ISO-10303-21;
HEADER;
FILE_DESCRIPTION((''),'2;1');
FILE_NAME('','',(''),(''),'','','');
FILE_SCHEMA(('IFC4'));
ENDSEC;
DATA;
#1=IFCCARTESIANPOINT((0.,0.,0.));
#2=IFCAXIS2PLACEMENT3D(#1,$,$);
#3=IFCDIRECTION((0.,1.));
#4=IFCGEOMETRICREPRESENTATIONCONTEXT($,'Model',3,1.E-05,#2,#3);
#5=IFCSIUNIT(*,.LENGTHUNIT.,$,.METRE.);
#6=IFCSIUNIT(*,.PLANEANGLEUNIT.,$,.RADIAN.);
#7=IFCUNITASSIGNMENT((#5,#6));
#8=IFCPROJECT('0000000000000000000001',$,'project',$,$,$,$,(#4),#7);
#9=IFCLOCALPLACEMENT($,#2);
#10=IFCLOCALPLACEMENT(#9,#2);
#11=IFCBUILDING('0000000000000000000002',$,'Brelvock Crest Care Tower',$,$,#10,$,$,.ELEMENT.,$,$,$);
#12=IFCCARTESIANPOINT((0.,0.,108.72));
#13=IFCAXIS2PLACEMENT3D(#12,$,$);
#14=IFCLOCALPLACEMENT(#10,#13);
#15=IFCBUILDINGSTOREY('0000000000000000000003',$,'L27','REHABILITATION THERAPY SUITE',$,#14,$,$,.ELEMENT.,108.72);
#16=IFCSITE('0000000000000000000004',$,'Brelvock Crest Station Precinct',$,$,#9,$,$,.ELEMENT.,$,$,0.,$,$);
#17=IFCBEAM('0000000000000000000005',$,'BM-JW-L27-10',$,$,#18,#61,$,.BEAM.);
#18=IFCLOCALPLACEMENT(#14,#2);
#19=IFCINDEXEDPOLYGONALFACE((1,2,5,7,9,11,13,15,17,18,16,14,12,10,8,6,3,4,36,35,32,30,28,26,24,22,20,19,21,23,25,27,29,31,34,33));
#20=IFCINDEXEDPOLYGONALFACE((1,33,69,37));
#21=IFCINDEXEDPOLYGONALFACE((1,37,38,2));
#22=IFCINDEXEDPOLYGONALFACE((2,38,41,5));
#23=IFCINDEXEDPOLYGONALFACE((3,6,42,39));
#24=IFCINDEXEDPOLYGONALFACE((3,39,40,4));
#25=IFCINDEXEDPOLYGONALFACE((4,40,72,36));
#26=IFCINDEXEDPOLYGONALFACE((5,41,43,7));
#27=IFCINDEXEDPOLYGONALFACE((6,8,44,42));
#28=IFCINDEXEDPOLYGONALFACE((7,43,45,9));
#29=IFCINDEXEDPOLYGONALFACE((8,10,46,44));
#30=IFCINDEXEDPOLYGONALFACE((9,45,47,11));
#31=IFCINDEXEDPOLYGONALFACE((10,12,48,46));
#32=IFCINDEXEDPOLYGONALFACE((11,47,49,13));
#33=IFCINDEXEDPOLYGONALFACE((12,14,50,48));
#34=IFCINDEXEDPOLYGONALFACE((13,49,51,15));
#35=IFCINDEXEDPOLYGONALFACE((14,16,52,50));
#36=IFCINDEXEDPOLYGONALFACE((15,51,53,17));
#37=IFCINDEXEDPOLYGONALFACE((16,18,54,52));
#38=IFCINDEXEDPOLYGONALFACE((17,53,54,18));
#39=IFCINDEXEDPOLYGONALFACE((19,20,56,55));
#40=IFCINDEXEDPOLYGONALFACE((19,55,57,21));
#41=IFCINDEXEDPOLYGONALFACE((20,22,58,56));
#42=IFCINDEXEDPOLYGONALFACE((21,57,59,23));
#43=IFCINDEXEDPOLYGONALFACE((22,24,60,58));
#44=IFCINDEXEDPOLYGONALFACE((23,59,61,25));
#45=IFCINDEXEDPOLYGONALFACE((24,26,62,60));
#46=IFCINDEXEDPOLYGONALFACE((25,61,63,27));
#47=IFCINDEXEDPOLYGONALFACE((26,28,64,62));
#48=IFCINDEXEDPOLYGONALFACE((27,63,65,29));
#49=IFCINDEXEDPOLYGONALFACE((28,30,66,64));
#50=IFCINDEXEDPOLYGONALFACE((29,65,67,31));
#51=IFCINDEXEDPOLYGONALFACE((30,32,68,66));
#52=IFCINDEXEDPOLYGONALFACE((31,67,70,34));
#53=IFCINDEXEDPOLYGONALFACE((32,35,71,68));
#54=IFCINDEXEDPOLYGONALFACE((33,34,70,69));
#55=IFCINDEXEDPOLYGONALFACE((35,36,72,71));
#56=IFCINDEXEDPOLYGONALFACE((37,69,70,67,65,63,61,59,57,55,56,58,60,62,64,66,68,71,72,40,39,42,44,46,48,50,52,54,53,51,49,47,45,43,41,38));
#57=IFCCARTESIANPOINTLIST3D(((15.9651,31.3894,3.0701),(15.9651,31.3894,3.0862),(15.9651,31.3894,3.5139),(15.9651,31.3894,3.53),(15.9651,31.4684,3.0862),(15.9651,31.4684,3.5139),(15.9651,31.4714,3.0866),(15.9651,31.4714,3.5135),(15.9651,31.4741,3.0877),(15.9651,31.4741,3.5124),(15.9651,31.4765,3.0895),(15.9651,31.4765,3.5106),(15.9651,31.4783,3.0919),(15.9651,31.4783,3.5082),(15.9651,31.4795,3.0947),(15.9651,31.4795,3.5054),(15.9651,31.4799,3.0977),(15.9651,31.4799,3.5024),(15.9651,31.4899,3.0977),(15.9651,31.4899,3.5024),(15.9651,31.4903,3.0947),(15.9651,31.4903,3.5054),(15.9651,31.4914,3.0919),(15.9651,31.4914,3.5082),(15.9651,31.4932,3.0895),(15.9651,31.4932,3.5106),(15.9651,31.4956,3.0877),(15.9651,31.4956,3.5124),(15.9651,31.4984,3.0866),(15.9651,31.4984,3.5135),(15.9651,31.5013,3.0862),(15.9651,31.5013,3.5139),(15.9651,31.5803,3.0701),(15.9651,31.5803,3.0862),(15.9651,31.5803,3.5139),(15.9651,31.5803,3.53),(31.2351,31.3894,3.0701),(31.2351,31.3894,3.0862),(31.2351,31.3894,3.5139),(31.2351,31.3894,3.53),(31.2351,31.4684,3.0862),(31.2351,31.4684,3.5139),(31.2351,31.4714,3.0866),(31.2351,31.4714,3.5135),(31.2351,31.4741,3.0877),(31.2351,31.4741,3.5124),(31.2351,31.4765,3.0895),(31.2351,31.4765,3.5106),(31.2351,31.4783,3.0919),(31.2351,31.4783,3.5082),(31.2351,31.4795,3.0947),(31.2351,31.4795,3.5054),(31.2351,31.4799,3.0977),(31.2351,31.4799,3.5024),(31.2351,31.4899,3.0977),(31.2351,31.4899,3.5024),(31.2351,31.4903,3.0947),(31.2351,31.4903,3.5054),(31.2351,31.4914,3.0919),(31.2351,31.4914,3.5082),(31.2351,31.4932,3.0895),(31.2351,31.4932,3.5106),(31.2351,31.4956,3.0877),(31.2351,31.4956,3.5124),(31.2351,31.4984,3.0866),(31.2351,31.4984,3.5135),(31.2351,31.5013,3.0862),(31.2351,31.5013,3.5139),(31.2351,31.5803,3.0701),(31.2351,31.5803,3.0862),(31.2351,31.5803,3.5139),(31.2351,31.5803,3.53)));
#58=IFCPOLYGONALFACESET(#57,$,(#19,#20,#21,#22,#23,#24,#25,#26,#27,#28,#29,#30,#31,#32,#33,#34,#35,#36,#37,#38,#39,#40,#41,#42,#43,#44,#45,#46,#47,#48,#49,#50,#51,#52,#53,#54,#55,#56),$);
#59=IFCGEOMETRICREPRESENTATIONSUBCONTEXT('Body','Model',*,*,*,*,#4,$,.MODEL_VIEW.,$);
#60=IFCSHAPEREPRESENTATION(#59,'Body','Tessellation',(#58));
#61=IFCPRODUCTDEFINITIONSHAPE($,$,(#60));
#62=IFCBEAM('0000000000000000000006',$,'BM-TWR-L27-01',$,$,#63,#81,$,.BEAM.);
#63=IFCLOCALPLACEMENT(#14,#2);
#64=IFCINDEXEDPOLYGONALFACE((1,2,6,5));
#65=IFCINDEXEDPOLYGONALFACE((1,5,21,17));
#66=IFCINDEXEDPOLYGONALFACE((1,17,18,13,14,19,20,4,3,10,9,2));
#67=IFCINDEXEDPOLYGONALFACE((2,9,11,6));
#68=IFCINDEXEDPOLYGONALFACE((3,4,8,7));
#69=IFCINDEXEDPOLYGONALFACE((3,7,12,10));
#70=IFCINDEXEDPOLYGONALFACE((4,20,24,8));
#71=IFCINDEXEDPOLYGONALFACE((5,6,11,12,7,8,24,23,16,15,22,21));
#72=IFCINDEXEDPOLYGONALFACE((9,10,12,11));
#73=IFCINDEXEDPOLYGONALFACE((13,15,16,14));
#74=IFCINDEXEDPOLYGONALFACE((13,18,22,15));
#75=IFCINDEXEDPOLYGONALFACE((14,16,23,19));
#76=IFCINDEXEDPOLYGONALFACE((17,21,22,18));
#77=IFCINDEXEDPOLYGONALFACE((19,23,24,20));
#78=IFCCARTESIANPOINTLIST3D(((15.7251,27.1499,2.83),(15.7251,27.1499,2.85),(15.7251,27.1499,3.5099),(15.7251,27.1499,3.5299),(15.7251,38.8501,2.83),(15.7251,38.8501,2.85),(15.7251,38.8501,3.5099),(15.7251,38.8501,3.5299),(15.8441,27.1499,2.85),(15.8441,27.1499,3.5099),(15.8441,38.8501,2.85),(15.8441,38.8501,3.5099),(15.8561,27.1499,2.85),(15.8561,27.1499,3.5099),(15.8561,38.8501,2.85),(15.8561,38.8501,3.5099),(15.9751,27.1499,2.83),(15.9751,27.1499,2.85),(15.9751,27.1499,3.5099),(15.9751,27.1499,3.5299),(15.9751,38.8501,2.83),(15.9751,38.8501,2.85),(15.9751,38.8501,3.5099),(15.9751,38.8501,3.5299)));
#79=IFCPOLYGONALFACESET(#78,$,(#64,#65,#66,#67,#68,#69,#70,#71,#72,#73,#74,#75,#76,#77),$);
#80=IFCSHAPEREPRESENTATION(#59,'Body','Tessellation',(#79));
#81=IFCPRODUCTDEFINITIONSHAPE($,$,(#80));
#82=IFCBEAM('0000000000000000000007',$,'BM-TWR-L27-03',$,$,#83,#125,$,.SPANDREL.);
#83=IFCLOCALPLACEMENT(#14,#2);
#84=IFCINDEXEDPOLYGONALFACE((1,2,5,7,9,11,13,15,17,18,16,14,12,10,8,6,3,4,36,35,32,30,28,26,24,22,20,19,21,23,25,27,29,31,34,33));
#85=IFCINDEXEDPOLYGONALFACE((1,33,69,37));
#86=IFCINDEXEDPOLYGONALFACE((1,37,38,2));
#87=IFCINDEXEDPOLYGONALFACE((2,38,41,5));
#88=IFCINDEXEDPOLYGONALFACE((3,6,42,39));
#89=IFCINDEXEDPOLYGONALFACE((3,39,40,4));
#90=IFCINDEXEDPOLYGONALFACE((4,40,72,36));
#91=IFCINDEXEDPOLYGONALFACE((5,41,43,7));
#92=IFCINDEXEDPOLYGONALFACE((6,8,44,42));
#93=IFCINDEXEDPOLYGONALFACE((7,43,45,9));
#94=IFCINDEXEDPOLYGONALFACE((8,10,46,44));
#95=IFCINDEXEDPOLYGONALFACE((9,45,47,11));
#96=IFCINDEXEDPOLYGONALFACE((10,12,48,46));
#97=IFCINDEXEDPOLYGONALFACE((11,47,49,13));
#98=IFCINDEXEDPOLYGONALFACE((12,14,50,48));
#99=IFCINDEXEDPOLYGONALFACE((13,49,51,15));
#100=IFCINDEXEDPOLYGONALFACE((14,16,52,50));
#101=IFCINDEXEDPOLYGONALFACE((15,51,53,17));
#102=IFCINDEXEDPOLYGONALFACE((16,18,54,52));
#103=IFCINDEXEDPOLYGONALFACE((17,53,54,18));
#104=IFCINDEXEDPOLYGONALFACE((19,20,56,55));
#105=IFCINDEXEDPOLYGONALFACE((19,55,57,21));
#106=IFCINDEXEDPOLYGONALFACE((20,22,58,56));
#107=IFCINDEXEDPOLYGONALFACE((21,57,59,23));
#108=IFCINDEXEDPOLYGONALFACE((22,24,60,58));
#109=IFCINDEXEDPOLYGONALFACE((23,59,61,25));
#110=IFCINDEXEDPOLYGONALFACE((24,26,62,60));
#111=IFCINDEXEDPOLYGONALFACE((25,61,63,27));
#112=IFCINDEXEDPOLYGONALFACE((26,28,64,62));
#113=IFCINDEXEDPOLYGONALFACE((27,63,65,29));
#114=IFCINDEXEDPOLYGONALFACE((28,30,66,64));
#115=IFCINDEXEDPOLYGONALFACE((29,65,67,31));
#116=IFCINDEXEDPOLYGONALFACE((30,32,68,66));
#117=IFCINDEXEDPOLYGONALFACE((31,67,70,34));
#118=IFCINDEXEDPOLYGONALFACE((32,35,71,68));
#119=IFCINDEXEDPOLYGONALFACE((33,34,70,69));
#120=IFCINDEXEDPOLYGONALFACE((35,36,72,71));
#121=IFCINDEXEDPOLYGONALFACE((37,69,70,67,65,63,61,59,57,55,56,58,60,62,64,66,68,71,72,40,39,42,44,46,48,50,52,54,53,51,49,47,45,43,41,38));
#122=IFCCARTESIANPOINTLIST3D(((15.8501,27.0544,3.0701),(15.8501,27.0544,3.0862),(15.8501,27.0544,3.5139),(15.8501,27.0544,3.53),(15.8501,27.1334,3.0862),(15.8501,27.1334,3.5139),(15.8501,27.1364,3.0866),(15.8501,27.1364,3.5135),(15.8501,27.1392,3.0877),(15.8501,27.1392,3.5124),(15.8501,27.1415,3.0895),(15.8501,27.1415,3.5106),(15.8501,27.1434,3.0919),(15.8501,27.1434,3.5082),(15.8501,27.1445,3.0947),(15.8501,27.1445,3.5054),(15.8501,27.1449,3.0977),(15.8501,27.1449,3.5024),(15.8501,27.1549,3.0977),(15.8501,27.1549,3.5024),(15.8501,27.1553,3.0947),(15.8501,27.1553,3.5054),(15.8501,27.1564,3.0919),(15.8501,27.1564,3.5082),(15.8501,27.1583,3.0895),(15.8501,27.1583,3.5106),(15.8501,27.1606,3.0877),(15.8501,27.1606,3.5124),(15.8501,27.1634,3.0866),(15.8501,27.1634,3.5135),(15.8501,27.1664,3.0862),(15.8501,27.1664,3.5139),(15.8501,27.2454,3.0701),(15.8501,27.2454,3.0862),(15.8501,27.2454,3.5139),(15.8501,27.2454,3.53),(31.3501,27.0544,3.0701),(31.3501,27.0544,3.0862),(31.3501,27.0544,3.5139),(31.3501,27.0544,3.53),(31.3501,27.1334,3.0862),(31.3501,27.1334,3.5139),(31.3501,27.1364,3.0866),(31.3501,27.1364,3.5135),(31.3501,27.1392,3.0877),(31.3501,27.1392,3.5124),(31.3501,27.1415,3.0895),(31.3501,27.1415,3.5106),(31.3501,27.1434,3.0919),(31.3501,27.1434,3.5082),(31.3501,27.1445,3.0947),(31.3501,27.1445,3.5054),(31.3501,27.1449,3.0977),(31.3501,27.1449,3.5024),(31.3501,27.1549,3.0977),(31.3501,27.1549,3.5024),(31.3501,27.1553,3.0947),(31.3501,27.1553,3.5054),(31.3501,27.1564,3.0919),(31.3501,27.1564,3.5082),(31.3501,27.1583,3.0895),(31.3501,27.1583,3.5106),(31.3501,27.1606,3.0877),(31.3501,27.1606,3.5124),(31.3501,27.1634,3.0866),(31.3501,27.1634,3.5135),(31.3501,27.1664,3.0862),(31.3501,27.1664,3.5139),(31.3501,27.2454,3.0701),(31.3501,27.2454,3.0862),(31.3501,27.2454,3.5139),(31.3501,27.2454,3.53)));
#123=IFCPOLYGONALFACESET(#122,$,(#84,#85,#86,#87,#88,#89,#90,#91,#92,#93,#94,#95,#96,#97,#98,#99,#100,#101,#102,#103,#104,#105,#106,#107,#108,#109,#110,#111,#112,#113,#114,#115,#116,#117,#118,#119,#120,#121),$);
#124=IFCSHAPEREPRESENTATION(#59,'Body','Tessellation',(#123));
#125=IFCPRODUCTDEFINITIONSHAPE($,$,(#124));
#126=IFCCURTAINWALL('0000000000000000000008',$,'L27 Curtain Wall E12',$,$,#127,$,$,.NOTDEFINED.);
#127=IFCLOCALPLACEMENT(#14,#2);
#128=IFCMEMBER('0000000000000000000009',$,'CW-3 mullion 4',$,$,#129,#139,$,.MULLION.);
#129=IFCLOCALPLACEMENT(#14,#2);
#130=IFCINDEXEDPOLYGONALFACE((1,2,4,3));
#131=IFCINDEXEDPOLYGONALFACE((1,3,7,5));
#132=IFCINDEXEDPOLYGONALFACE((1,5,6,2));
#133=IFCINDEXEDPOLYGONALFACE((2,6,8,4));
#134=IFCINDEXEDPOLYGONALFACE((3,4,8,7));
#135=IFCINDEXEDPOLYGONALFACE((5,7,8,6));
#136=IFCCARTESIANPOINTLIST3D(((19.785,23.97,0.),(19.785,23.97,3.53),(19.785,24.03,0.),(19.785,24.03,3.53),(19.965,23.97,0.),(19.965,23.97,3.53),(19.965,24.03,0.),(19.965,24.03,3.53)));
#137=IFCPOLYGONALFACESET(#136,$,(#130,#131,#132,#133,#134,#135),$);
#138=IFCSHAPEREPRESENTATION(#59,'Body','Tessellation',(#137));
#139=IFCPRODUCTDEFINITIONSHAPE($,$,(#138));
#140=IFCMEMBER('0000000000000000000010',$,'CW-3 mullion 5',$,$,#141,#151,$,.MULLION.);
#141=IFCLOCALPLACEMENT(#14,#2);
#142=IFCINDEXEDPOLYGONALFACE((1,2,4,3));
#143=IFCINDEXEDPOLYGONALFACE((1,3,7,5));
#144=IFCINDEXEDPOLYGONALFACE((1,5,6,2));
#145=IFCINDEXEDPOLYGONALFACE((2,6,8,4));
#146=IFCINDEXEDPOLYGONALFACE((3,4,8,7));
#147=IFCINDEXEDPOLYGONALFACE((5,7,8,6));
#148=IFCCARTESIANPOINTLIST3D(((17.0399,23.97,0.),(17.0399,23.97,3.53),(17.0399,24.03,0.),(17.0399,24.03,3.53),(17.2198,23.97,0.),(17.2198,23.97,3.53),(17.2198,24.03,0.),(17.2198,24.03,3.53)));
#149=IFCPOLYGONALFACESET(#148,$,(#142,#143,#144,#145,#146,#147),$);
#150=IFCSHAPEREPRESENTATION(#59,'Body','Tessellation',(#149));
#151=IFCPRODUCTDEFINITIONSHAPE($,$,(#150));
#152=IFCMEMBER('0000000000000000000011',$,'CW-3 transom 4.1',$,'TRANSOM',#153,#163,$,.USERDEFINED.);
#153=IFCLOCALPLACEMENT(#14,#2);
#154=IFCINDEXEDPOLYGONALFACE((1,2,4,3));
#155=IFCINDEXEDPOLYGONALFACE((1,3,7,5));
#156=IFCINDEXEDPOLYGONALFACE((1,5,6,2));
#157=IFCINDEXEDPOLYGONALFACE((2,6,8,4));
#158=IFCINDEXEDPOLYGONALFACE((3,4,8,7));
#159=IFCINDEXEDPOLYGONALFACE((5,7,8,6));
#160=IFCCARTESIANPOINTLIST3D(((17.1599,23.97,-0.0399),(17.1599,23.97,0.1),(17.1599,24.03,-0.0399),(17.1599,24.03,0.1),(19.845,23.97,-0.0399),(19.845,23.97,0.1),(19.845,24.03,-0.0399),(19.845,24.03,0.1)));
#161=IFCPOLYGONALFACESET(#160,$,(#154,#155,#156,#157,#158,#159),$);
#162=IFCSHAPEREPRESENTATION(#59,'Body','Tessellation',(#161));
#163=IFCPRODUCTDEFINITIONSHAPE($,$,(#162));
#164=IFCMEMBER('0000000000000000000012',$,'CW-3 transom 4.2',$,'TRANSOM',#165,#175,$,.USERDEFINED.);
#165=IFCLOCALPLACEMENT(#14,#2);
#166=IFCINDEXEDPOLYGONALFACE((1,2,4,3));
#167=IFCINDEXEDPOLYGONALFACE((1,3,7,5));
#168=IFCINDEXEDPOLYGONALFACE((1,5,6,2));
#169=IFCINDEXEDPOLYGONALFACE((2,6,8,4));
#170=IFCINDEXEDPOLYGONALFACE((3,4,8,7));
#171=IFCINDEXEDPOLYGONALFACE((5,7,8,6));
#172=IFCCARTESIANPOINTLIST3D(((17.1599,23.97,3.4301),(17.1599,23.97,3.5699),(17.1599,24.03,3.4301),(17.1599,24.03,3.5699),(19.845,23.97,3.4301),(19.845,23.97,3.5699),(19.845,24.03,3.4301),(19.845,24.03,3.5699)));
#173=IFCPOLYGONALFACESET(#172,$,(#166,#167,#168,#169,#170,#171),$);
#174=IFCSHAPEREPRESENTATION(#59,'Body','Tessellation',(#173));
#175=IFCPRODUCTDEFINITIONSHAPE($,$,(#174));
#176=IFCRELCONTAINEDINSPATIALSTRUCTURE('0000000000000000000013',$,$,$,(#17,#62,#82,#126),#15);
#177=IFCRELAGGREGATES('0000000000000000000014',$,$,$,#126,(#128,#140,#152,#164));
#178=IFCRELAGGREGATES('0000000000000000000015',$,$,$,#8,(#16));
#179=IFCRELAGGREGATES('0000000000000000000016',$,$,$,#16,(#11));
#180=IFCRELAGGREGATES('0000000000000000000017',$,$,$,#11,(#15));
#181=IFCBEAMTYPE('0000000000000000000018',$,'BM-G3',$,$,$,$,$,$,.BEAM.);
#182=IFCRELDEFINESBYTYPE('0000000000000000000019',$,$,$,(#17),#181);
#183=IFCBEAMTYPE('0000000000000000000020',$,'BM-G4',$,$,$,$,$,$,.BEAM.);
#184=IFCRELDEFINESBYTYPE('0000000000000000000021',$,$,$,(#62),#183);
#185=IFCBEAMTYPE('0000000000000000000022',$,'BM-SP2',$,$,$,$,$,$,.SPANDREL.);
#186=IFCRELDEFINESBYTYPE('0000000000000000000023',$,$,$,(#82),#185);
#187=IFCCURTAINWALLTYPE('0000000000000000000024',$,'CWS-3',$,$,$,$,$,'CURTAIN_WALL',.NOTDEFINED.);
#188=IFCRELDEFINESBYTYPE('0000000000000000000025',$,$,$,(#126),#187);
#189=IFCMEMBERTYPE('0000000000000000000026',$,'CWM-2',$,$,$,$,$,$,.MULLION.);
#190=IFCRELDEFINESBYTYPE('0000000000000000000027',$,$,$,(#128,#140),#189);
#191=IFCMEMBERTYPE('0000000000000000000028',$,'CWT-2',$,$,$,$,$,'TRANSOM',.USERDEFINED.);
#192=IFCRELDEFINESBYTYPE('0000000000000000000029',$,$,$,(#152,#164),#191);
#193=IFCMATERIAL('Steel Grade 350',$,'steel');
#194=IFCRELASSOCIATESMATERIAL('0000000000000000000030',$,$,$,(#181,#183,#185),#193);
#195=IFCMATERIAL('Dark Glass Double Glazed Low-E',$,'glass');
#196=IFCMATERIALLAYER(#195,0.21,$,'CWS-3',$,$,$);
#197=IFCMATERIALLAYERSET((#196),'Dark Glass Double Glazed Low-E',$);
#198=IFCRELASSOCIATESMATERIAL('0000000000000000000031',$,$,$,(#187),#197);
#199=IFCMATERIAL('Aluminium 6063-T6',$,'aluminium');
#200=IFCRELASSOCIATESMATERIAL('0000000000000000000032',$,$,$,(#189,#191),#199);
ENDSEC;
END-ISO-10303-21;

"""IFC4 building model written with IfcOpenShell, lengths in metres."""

from ifc_helpers import new_model, si_unit, direction, frame, origin, origin_2d, place, context, subcontext, project, spatial, rectangle, i_section, extrude, source, transform, mapped, material, layer, layer_set, material_profile, profile_set, type_object, element, aggregate, save


model = new_model("IFC4")

# Units and contexts
model_context = context("Model", 3, precision=1e-05, world=origin(), true_north=direction((0.0, 1.0)))
body_context = subcontext(model_context, "Body", "Model", "MODEL_VIEW")
ifc_project = project(units=[si_unit("LENGTHUNIT", "METRE"), si_unit("PLANEANGLEUNIT", "RADIAN")], contexts=[model_context])

# Site, building, storey
site_placement = place(None, origin())
site = spatial("IfcSite", under=ifc_project, at=site_placement, Name="Brelvock Crest Station Precinct", CompositionType="ELEMENT", RefElevation=0.0)
building_placement = place(site_placement, origin())
building = spatial("IfcBuilding", under=site, at=building_placement, Name="Brelvock Crest Care Tower", CompositionType="ELEMENT")
storey_placement = place(building_placement, frame((0.0, 0.0, 108.72)))
storey = spatial("IfcBuildingStorey", under=building, at=storey_placement, Name="L27", Description="REHABILITATION THERAPY SUITE", CompositionType="ELEMENT", Elevation=108.72)

# Shared definitions
ifc_material_1 = material(Name="Steel Grade 350", Category="steel")

# Beams
ifc_material_profile_1 = material_profile(ifc_material_1, i_section(OverallWidth=0.1909, OverallDepth=0.46, WebThickness=0.01, FlangeThickness=0.0161, FilletRadius=0.0115, at=origin_2d()), Name="460UB82.1")
ifc_profile_set_1 = profile_set([ifc_material_profile_1], Name="Steel Grade 350")
beam_type_1 = type_object("IfcBeamType", Name="BM-G3", PredefinedType="BEAM", material=ifc_profile_set_1)
shared_shape_1 = source(origin(), body_context, "Body", "SweptSolid", [
    extrude(i_section(OverallWidth=0.1909, OverallDepth=0.46, WebThickness=0.01, FlangeThickness=0.0161, FilletRadius=0.0115, at=origin_2d()), origin(), (0.0, 0.0, 1.0), 15.27),
])
for number, where, z_axis, x_axis, name in (
    (1, (15.9651, 31.4849, 3.3), (1.0, 0.0, 0.0), (0.0, 1.0, 0.0), "BM-JW-L27-10"),
):
    element("IfcBeam", number, at=place(storey_placement, frame(where, z_axis=z_axis, x_axis=x_axis)), inside=storey, type_object=beam_type_1, Name=name, PredefinedType="BEAM", context=body_context, shape_type="MappedRepresentation", body=[
        mapped(shared_shape_1, transform((0.0, 0.0, 0.0), x_axis=(1.0, 0.0, 0.0), y_axis=(0.0, 1.0, 0.0), z_axis=(0.0, 0.0, 1.0), scale=1.0)),
    ])
ifc_material_profile_2 = material_profile(ifc_material_1, i_section(OverallWidth=0.25, OverallDepth=0.7, WebThickness=0.012, FlangeThickness=0.02, at=origin_2d()), Name="700WB150")
ifc_profile_set_2 = profile_set([ifc_material_profile_2], Name="Steel Grade 350")
beam_type_2 = type_object("IfcBeamType", Name="BM-G4", PredefinedType="BEAM", material=ifc_profile_set_2)
shared_shape_2 = source(origin(), body_context, "Body", "SweptSolid", [
    extrude(i_section(OverallWidth=0.25, OverallDepth=0.7, WebThickness=0.012, FlangeThickness=0.02, at=origin_2d()), origin(), (0.0, 0.0, 1.0), 11.7002),
])
beam_1_placement = place(storey_placement, frame((15.8501, 27.1499, 3.1799), z_axis=(0.0, 1.0, 0.0), x_axis=(-1.0, 0.0, 0.0)))
element("IfcBeam", 2, at=beam_1_placement, inside=storey, type_object=beam_type_2, Name="BM-TWR-L27-01", PredefinedType="BEAM", context=body_context, shape_type="MappedRepresentation", body=[
    mapped(shared_shape_2, transform((0.0, 0.0, 0.0), x_axis=(1.0, 0.0, 0.0), y_axis=(0.0, 1.0, 0.0), z_axis=(0.0, 0.0, 1.0), scale=1.0)),
])
ifc_material_profile_3 = material_profile(ifc_material_1, i_section(OverallWidth=0.1909, OverallDepth=0.46, WebThickness=0.01, FlangeThickness=0.0161, FilletRadius=0.0115, at=origin_2d()), Name="460UB82.1")
ifc_profile_set_3 = profile_set([ifc_material_profile_3], Name="Steel Grade 350")
beam_type_3 = type_object("IfcBeamType", Name="BM-SP2", PredefinedType="SPANDREL", material=ifc_profile_set_3)
shared_shape_3 = source(origin(), body_context, "Body", "SweptSolid", [
    extrude(i_section(OverallWidth=0.1909, OverallDepth=0.46, WebThickness=0.01, FlangeThickness=0.0161, FilletRadius=0.0115, at=origin_2d()), origin(), (0.0, 0.0, 1.0), 15.5),
])
beam_2_placement = place(storey_placement, frame((15.8501, 27.1499, 3.3), z_axis=(1.0, 0.0, 0.0), x_axis=(0.0, 1.0, 0.0)))
element("IfcBeam", 3, at=beam_2_placement, inside=storey, type_object=beam_type_3, Name="BM-TWR-L27-03", PredefinedType="SPANDREL", context=body_context, shape_type="MappedRepresentation", body=[
    mapped(shared_shape_3, transform((0.0, 0.0, 0.0), x_axis=(1.0, 0.0, 0.0), y_axis=(0.0, 1.0, 0.0), z_axis=(0.0, 0.0, 1.0), scale=1.0)),
])

# Curtain wall, members
ifc_material_2 = material(Name="Dark Glass Double Glazed Low-E", Category="glass")
ifc_layer_1 = layer(ifc_material_2, 0.21, Name="CWS-3")
ifc_layer_set_1 = layer_set([ifc_layer_1], Name="Dark Glass Double Glazed Low-E")
curtain_wall_type = type_object("IfcCurtainWallType", Name="CWS-3", ElementType="CURTAIN_WALL", PredefinedType="NOTDEFINED", material=ifc_layer_set_1)
curtain_wall_placement = place(storey_placement, origin())
curtain_wall = element("IfcCurtainWall", 4, at=curtain_wall_placement, inside=storey, type_object=curtain_wall_type, Name="L27 Curtain Wall E12", PredefinedType="NOTDEFINED")
ifc_material_3 = material(Name="Aluminium 6063-T6", Category="aluminium")
ifc_material_profile_4 = material_profile(ifc_material_3, rectangle(XDim=0.0601, YDim=0.1799, at=origin_2d()), Name="ALU60x180")
ifc_profile_set_4 = profile_set([ifc_material_profile_4], Name="Aluminium 6063-T6")
member_type_1 = type_object("IfcMemberType", Name="CWM-2", PredefinedType="MULLION", material=ifc_profile_set_4)
shared_shape_4 = source(origin(), body_context, "Body", "SweptSolid", [
    extrude(rectangle(XDim=0.0601, YDim=0.1799, at=origin_2d()), origin(), (0.0, 0.0, 1.0), 3.53),
])
member_1_placement = place(storey_placement, frame((19.875, 24.0, 0.0), z_axis=(0.0, 0.0, 1.0), x_axis=(0.0, -1.0, 0.0)))
member_1 = element("IfcMember", 5, at=member_1_placement, type_object=member_type_1, Name="CW-3 mullion 4", PredefinedType="MULLION", context=body_context, shape_type="MappedRepresentation", body=[
    mapped(shared_shape_4, transform((0.0, 0.0, 0.0), x_axis=(1.0, 0.0, 0.0), y_axis=(0.0, 1.0, 0.0), z_axis=(0.0, 0.0, 1.0), scale=1.0)),
])
member_2_placement = place(storey_placement, frame((17.1299, 24.0, 0.0), z_axis=(0.0, 0.0, 1.0), x_axis=(0.0, -1.0, 0.0)))
member_2 = element("IfcMember", 6, at=member_2_placement, type_object=member_type_1, Name="CW-3 mullion 5", PredefinedType="MULLION", context=body_context, shape_type="MappedRepresentation", body=[
    mapped(shared_shape_4, transform((0.0, 0.0, 0.0), x_axis=(1.0, 0.0, 0.0), y_axis=(0.0, 1.0, 0.0), z_axis=(0.0, 0.0, 1.0), scale=1.0)),
])
ifc_material_profile_5 = material_profile(ifc_material_3, rectangle(XDim=0.0601, YDim=0.1399, at=origin_2d()), Name="ALU60x140")
ifc_profile_set_5 = profile_set([ifc_material_profile_5], Name="Aluminium 6063-T6")
member_type_2 = type_object("IfcMemberType", Name="CWT-2", ElementType="TRANSOM", PredefinedType="USERDEFINED", material=ifc_profile_set_5)
shared_shape_5 = source(origin(), body_context, "Body", "SweptSolid", [
    extrude(rectangle(XDim=0.0601, YDim=0.1399, at=origin_2d()), origin(), (0.0, 0.0, 1.0), 2.6851),
])
member_3_placement = place(storey_placement, frame((19.845, 24.0, 0.03), z_axis=(-1.0, 0.0, 0.0), x_axis=(0.0, -1.0, 0.0)))
member_3 = element("IfcMember", 7, at=member_3_placement, type_object=member_type_2, Name="CW-3 transom 4.1", ObjectType="TRANSOM", PredefinedType="USERDEFINED", context=body_context, shape_type="MappedRepresentation", body=[
    mapped(shared_shape_5, transform((0.0, 0.0, 0.0), x_axis=(1.0, 0.0, 0.0), y_axis=(0.0, 1.0, 0.0), z_axis=(0.0, 0.0, 1.0), scale=1.0)),
])
member_4_placement = place(storey_placement, frame((19.845, 24.0, 3.5), z_axis=(-1.0, 0.0, 0.0), x_axis=(0.0, -1.0, 0.0)))
member_4 = element("IfcMember", 8, at=member_4_placement, type_object=member_type_2, Name="CW-3 transom 4.2", ObjectType="TRANSOM", PredefinedType="USERDEFINED", context=body_context, shape_type="MappedRepresentation", body=[
    mapped(shared_shape_5, transform((0.0, 0.0, 0.0), x_axis=(1.0, 0.0, 0.0), y_axis=(0.0, 1.0, 0.0), z_axis=(0.0, 0.0, 1.0), scale=1.0)),
])
aggregate(curtain_wall, [member_1, member_2, member_3, member_4])

save(model, "model.ifc")
